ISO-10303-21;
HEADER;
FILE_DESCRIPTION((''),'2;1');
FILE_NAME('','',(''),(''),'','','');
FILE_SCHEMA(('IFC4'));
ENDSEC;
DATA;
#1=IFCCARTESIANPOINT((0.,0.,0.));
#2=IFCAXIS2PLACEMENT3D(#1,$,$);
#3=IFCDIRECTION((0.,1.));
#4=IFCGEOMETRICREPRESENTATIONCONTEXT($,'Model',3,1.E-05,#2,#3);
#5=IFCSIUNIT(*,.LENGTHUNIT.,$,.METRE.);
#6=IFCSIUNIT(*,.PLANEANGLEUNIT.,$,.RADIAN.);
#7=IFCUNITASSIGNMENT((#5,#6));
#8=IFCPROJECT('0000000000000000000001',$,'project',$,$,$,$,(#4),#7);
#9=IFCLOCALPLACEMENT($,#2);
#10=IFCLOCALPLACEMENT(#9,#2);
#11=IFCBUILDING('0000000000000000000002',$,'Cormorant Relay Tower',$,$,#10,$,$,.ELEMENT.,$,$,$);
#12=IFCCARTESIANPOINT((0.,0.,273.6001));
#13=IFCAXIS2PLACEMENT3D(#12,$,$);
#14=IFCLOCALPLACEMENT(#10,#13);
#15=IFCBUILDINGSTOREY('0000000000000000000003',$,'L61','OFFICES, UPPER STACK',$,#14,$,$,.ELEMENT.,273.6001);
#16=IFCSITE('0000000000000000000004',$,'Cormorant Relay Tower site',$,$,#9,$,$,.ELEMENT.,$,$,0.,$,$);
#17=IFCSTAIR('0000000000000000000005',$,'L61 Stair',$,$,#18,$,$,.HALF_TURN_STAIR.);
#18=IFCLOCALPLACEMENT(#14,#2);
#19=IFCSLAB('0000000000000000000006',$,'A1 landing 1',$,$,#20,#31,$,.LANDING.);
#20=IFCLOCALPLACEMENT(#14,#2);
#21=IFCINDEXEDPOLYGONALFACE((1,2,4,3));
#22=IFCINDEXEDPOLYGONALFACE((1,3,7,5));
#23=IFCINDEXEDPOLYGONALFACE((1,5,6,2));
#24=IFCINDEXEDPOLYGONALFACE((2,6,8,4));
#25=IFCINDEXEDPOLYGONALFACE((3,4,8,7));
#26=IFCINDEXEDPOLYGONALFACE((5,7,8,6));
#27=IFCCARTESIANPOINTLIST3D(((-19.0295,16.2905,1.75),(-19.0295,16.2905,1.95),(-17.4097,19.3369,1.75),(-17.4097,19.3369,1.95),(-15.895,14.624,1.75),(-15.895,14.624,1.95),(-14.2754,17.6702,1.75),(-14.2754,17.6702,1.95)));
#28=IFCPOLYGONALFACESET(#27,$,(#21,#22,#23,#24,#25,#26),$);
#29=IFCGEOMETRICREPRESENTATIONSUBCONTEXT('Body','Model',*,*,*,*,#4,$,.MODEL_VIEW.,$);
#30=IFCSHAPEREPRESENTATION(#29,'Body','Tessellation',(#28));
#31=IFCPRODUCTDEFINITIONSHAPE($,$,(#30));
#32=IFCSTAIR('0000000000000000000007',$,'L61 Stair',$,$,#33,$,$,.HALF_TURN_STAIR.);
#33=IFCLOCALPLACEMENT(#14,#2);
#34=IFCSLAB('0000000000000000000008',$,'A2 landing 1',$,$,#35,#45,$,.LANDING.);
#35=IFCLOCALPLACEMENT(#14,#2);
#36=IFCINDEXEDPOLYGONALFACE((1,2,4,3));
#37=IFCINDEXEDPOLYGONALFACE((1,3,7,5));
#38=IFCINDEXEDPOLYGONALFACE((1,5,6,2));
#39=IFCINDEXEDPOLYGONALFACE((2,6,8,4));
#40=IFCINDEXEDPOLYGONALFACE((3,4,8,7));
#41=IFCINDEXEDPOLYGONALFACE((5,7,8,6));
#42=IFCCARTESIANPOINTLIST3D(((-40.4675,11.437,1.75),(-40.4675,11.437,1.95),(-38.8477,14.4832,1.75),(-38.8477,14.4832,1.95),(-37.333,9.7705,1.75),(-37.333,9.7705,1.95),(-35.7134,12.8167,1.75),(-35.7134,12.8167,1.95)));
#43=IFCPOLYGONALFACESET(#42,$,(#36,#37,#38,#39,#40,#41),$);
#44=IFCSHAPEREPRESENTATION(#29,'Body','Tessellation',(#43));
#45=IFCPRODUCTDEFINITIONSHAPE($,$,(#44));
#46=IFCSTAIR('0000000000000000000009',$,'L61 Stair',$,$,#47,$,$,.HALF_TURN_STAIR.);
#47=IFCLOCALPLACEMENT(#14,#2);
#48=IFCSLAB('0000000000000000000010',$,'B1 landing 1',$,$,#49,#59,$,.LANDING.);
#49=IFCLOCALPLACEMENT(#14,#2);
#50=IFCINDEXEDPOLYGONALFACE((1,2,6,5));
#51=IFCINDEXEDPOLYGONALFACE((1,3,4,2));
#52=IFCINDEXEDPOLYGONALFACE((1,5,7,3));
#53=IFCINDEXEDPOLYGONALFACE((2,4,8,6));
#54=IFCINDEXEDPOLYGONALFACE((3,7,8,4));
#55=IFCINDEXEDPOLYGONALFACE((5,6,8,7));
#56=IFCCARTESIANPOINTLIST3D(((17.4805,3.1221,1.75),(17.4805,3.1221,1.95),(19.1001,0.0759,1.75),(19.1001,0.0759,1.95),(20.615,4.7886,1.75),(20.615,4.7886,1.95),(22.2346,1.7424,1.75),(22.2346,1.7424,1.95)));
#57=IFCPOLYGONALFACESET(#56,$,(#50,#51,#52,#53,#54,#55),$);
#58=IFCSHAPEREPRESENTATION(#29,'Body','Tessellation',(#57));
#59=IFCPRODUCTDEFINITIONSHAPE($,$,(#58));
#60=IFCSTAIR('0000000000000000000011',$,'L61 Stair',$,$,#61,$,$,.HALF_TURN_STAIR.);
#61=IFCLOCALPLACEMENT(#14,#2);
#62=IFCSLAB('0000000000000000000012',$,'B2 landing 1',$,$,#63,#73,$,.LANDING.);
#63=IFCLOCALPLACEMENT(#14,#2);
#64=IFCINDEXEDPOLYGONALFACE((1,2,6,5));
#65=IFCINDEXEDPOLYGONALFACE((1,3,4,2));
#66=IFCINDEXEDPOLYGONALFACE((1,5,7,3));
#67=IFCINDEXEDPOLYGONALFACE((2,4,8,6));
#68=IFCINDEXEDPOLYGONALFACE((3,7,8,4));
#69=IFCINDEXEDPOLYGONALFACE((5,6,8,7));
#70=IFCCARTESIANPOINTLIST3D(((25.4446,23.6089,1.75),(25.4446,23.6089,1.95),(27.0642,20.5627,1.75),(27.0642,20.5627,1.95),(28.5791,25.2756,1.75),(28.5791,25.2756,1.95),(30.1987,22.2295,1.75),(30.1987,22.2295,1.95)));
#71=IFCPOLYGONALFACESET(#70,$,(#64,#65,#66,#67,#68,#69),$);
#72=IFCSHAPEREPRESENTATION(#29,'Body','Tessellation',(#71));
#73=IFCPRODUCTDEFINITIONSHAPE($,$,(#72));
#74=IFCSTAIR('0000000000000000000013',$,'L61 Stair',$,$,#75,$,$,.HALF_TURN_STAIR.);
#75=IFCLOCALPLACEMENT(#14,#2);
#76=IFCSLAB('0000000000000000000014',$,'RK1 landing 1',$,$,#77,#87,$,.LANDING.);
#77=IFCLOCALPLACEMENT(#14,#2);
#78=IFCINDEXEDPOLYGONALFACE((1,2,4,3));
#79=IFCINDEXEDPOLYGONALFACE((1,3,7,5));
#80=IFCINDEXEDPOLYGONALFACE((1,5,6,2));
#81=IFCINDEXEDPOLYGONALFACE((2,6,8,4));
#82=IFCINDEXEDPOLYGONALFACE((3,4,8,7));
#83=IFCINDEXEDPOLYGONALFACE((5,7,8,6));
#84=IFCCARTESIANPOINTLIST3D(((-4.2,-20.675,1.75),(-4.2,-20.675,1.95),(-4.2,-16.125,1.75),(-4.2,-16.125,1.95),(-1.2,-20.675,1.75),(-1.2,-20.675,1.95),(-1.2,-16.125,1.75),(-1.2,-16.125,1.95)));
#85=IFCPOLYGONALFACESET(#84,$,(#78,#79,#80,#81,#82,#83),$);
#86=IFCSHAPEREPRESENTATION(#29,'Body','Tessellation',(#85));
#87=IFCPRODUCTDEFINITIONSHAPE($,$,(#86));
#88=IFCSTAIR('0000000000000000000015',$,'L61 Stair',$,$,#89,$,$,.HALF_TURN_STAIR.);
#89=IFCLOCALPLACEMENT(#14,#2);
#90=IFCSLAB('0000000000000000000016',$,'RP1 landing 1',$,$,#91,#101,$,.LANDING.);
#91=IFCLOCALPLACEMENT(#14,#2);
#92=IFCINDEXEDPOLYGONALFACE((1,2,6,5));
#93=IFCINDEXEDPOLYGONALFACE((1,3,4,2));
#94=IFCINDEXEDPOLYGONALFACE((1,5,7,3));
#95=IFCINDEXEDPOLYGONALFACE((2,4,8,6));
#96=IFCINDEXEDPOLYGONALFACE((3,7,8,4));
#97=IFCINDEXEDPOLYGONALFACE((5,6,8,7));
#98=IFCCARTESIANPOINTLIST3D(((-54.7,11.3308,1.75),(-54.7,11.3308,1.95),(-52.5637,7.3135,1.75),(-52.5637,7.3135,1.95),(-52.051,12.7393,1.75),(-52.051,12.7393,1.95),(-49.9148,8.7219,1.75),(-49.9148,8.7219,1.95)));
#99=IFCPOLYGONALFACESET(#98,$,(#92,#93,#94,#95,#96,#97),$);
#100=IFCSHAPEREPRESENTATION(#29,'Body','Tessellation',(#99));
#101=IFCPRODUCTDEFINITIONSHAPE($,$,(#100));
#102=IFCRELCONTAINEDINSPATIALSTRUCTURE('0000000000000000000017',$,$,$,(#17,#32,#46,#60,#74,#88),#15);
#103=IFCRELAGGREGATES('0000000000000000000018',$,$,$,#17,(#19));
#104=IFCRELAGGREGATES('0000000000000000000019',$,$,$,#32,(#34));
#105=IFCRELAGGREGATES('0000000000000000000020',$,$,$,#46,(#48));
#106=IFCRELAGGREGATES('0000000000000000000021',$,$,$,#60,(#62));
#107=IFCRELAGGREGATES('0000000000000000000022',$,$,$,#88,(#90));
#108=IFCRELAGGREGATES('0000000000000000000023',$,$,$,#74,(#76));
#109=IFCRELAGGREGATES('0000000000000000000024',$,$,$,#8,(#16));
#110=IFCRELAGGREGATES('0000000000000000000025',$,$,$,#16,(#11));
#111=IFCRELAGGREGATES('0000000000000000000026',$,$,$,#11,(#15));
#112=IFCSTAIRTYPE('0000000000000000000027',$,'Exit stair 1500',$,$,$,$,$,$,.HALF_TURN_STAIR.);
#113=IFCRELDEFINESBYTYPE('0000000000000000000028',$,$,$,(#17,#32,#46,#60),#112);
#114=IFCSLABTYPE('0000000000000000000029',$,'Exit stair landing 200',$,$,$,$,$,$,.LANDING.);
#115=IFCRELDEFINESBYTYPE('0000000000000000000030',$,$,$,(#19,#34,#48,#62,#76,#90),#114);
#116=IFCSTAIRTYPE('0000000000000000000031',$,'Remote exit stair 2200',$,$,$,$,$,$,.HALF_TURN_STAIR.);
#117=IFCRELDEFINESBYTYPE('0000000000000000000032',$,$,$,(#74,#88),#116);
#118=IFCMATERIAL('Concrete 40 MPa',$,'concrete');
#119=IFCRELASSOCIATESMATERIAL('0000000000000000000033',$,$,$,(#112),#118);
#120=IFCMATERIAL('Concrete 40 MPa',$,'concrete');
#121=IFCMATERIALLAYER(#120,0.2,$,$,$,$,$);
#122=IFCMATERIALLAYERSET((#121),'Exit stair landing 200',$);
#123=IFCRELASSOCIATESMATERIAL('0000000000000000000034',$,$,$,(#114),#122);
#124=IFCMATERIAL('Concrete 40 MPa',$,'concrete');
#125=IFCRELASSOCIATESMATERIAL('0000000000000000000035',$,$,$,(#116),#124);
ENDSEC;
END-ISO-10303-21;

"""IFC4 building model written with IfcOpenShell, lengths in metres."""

from ifc_helpers import new_model, si_unit, direction, frame, origin, place, context, subcontext, project, spatial, polyline, outline, extrude, material, layer, layer_set, type_object, element, aggregate, save


model = new_model("IFC4")

# Units and contexts
model_context = context("Model", 3, precision=1e-05, world=origin(), true_north=direction((0.0, 1.0)))
body_context = subcontext(model_context, "Body", "Model", "MODEL_VIEW")
ifc_project = project(units=[si_unit("LENGTHUNIT", "METRE"), si_unit("PLANEANGLEUNIT", "RADIAN")], contexts=[model_context])

# Site, building, storey
site_placement = place(None, origin())
site = spatial("IfcSite", under=ifc_project, at=site_placement, Name="Cormorant Relay Tower site", CompositionType="ELEMENT", RefElevation=0.0)
building_placement = place(site_placement, origin())
building = spatial("IfcBuilding", under=site, at=building_placement, Name="Cormorant Relay Tower", CompositionType="ELEMENT")
storey_placement = place(building_placement, frame((0.0, 0.0, 273.6001)))
storey = spatial("IfcBuildingStorey", under=building, at=storey_placement, Name="L61", Description="OFFICES, UPPER STACK", CompositionType="ELEMENT", Elevation=273.6001)

# Stairs, slabs
ifc_material_1 = material(Name="Concrete 40 MPa", Category="concrete")
stair_type_1 = type_object("IfcStairType", Name="Exit stair 1500", PredefinedType="HALF_TURN_STAIR", material=ifc_material_1)
stair_1_placement = place(storey_placement, origin())
stair_1 = element("IfcStair", 1, at=stair_1_placement, inside=storey, type_object=stair_type_1, Name="L61 Stair", PredefinedType="HALF_TURN_STAIR")
ifc_material_2 = material(Name="Concrete 40 MPa", Category="concrete")
ifc_layer_1 = layer(ifc_material_2, 0.2)
ifc_layer_set_1 = layer_set([ifc_layer_1], Name="Exit stair landing 200")
slab_type_1 = type_object("IfcSlabType", Name="Exit stair landing 200", PredefinedType="LANDING", material=ifc_layer_set_1)
slab_1_placement = place(storey_placement, frame((0.0, 0.0, 1.75)))
slab_1 = element("IfcSlab", 2, at=slab_1_placement, type_object=slab_type_1, Name="A1 landing 1", PredefinedType="LANDING", context=body_context, shape_type="SweptSolid", body=[
    extrude(outline(polyline([(-19.0295, 16.2905), (-15.895, 14.624), (-14.2754, 17.6702), (-17.4097, 19.3369), (-19.0295, 16.2905)])), origin(), (0.0, 0.0, 1.0), 0.2),
])
aggregate(stair_1, [slab_1])
stair_2_placement = place(storey_placement, origin())
stair_2 = element("IfcStair", 3, at=stair_2_placement, inside=storey, type_object=stair_type_1, Name="L61 Stair", PredefinedType="HALF_TURN_STAIR")
slab_2_placement = place(storey_placement, frame((0.0, 0.0, 1.75)))
slab_2 = element("IfcSlab", 4, at=slab_2_placement, type_object=slab_type_1, Name="A2 landing 1", PredefinedType="LANDING", context=body_context, shape_type="SweptSolid", body=[
    extrude(outline(polyline([(-35.7134, 12.8167), (-38.8477, 14.4832), (-40.4675, 11.437), (-37.333, 9.7705), (-35.7134, 12.8167)])), origin(), (0.0, 0.0, 1.0), 0.2),
])
aggregate(stair_2, [slab_2])
stair_3_placement = place(storey_placement, origin())
stair_3 = element("IfcStair", 5, at=stair_3_placement, inside=storey, type_object=stair_type_1, Name="L61 Stair", PredefinedType="HALF_TURN_STAIR")
slab_3_placement = place(storey_placement, frame((0.0, 0.0, 1.75)))
slab_3 = element("IfcSlab", 6, at=slab_3_placement, type_object=slab_type_1, Name="B1 landing 1", PredefinedType="LANDING", context=body_context, shape_type="SweptSolid", body=[
    extrude(outline(polyline([(20.615, 4.7886), (17.4805, 3.1221), (19.1001, 0.0759), (22.2346, 1.7424), (20.615, 4.7886)])), origin(), (0.0, 0.0, 1.0), 0.2),
])
aggregate(stair_3, [slab_3])
stair_4_placement = place(storey_placement, origin())
stair_4 = element("IfcStair", 7, at=stair_4_placement, inside=storey, type_object=stair_type_1, Name="L61 Stair", PredefinedType="HALF_TURN_STAIR")
slab_4_placement = place(storey_placement, frame((0.0, 0.0, 1.75)))
slab_4 = element("IfcSlab", 8, at=slab_4_placement, type_object=slab_type_1, Name="B2 landing 1", PredefinedType="LANDING", context=body_context, shape_type="SweptSolid", body=[
    extrude(outline(polyline([(27.0642, 20.5627), (30.1987, 22.2295), (28.5791, 25.2756), (25.4446, 23.6089), (27.0642, 20.5627)])), origin(), (0.0, 0.0, 1.0), 0.2),
])
aggregate(stair_4, [slab_4])
ifc_material_3 = material(Name="Concrete 40 MPa", Category="concrete")
stair_type_2 = type_object("IfcStairType", Name="Remote exit stair 2200", PredefinedType="HALF_TURN_STAIR", material=ifc_material_3)
stair_5_placement = place(storey_placement, origin())
stair_5 = element("IfcStair", 9, at=stair_5_placement, inside=storey, type_object=stair_type_2, Name="L61 Stair", PredefinedType="HALF_TURN_STAIR")
slab_5_placement = place(storey_placement, frame((0.0, 0.0, 1.75)))
slab_5 = element("IfcSlab", 10, at=slab_5_placement, type_object=slab_type_1, Name="RK1 landing 1", PredefinedType="LANDING", context=body_context, shape_type="SweptSolid", body=[
    extrude(outline(polyline([(-1.2, -16.125), (-4.2, -16.125), (-4.2, -20.675), (-1.2, -20.675), (-1.2, -16.125)])), origin(), (0.0, 0.0, 1.0), 0.2),
])
stair_6_placement = place(storey_placement, origin())
stair_6 = element("IfcStair", 11, at=stair_6_placement, inside=storey, type_object=stair_type_2, Name="L61 Stair", PredefinedType="HALF_TURN_STAIR")
slab_6_placement = place(storey_placement, frame((0.0, 0.0, 1.75)))
slab_6 = element("IfcSlab", 12, at=slab_6_placement, type_object=slab_type_1, Name="RP1 landing 1", PredefinedType="LANDING", context=body_context, shape_type="SweptSolid", body=[
    extrude(outline(polyline([(-52.051, 12.7393), (-54.7, 11.3308), (-52.5637, 7.3135), (-49.9148, 8.7219), (-52.051, 12.7393)])), origin(), (0.0, 0.0, 1.0), 0.2),
])
aggregate(stair_6, [slab_6])

aggregate(stair_5, [slab_5])

save(model, "model.ifc")
